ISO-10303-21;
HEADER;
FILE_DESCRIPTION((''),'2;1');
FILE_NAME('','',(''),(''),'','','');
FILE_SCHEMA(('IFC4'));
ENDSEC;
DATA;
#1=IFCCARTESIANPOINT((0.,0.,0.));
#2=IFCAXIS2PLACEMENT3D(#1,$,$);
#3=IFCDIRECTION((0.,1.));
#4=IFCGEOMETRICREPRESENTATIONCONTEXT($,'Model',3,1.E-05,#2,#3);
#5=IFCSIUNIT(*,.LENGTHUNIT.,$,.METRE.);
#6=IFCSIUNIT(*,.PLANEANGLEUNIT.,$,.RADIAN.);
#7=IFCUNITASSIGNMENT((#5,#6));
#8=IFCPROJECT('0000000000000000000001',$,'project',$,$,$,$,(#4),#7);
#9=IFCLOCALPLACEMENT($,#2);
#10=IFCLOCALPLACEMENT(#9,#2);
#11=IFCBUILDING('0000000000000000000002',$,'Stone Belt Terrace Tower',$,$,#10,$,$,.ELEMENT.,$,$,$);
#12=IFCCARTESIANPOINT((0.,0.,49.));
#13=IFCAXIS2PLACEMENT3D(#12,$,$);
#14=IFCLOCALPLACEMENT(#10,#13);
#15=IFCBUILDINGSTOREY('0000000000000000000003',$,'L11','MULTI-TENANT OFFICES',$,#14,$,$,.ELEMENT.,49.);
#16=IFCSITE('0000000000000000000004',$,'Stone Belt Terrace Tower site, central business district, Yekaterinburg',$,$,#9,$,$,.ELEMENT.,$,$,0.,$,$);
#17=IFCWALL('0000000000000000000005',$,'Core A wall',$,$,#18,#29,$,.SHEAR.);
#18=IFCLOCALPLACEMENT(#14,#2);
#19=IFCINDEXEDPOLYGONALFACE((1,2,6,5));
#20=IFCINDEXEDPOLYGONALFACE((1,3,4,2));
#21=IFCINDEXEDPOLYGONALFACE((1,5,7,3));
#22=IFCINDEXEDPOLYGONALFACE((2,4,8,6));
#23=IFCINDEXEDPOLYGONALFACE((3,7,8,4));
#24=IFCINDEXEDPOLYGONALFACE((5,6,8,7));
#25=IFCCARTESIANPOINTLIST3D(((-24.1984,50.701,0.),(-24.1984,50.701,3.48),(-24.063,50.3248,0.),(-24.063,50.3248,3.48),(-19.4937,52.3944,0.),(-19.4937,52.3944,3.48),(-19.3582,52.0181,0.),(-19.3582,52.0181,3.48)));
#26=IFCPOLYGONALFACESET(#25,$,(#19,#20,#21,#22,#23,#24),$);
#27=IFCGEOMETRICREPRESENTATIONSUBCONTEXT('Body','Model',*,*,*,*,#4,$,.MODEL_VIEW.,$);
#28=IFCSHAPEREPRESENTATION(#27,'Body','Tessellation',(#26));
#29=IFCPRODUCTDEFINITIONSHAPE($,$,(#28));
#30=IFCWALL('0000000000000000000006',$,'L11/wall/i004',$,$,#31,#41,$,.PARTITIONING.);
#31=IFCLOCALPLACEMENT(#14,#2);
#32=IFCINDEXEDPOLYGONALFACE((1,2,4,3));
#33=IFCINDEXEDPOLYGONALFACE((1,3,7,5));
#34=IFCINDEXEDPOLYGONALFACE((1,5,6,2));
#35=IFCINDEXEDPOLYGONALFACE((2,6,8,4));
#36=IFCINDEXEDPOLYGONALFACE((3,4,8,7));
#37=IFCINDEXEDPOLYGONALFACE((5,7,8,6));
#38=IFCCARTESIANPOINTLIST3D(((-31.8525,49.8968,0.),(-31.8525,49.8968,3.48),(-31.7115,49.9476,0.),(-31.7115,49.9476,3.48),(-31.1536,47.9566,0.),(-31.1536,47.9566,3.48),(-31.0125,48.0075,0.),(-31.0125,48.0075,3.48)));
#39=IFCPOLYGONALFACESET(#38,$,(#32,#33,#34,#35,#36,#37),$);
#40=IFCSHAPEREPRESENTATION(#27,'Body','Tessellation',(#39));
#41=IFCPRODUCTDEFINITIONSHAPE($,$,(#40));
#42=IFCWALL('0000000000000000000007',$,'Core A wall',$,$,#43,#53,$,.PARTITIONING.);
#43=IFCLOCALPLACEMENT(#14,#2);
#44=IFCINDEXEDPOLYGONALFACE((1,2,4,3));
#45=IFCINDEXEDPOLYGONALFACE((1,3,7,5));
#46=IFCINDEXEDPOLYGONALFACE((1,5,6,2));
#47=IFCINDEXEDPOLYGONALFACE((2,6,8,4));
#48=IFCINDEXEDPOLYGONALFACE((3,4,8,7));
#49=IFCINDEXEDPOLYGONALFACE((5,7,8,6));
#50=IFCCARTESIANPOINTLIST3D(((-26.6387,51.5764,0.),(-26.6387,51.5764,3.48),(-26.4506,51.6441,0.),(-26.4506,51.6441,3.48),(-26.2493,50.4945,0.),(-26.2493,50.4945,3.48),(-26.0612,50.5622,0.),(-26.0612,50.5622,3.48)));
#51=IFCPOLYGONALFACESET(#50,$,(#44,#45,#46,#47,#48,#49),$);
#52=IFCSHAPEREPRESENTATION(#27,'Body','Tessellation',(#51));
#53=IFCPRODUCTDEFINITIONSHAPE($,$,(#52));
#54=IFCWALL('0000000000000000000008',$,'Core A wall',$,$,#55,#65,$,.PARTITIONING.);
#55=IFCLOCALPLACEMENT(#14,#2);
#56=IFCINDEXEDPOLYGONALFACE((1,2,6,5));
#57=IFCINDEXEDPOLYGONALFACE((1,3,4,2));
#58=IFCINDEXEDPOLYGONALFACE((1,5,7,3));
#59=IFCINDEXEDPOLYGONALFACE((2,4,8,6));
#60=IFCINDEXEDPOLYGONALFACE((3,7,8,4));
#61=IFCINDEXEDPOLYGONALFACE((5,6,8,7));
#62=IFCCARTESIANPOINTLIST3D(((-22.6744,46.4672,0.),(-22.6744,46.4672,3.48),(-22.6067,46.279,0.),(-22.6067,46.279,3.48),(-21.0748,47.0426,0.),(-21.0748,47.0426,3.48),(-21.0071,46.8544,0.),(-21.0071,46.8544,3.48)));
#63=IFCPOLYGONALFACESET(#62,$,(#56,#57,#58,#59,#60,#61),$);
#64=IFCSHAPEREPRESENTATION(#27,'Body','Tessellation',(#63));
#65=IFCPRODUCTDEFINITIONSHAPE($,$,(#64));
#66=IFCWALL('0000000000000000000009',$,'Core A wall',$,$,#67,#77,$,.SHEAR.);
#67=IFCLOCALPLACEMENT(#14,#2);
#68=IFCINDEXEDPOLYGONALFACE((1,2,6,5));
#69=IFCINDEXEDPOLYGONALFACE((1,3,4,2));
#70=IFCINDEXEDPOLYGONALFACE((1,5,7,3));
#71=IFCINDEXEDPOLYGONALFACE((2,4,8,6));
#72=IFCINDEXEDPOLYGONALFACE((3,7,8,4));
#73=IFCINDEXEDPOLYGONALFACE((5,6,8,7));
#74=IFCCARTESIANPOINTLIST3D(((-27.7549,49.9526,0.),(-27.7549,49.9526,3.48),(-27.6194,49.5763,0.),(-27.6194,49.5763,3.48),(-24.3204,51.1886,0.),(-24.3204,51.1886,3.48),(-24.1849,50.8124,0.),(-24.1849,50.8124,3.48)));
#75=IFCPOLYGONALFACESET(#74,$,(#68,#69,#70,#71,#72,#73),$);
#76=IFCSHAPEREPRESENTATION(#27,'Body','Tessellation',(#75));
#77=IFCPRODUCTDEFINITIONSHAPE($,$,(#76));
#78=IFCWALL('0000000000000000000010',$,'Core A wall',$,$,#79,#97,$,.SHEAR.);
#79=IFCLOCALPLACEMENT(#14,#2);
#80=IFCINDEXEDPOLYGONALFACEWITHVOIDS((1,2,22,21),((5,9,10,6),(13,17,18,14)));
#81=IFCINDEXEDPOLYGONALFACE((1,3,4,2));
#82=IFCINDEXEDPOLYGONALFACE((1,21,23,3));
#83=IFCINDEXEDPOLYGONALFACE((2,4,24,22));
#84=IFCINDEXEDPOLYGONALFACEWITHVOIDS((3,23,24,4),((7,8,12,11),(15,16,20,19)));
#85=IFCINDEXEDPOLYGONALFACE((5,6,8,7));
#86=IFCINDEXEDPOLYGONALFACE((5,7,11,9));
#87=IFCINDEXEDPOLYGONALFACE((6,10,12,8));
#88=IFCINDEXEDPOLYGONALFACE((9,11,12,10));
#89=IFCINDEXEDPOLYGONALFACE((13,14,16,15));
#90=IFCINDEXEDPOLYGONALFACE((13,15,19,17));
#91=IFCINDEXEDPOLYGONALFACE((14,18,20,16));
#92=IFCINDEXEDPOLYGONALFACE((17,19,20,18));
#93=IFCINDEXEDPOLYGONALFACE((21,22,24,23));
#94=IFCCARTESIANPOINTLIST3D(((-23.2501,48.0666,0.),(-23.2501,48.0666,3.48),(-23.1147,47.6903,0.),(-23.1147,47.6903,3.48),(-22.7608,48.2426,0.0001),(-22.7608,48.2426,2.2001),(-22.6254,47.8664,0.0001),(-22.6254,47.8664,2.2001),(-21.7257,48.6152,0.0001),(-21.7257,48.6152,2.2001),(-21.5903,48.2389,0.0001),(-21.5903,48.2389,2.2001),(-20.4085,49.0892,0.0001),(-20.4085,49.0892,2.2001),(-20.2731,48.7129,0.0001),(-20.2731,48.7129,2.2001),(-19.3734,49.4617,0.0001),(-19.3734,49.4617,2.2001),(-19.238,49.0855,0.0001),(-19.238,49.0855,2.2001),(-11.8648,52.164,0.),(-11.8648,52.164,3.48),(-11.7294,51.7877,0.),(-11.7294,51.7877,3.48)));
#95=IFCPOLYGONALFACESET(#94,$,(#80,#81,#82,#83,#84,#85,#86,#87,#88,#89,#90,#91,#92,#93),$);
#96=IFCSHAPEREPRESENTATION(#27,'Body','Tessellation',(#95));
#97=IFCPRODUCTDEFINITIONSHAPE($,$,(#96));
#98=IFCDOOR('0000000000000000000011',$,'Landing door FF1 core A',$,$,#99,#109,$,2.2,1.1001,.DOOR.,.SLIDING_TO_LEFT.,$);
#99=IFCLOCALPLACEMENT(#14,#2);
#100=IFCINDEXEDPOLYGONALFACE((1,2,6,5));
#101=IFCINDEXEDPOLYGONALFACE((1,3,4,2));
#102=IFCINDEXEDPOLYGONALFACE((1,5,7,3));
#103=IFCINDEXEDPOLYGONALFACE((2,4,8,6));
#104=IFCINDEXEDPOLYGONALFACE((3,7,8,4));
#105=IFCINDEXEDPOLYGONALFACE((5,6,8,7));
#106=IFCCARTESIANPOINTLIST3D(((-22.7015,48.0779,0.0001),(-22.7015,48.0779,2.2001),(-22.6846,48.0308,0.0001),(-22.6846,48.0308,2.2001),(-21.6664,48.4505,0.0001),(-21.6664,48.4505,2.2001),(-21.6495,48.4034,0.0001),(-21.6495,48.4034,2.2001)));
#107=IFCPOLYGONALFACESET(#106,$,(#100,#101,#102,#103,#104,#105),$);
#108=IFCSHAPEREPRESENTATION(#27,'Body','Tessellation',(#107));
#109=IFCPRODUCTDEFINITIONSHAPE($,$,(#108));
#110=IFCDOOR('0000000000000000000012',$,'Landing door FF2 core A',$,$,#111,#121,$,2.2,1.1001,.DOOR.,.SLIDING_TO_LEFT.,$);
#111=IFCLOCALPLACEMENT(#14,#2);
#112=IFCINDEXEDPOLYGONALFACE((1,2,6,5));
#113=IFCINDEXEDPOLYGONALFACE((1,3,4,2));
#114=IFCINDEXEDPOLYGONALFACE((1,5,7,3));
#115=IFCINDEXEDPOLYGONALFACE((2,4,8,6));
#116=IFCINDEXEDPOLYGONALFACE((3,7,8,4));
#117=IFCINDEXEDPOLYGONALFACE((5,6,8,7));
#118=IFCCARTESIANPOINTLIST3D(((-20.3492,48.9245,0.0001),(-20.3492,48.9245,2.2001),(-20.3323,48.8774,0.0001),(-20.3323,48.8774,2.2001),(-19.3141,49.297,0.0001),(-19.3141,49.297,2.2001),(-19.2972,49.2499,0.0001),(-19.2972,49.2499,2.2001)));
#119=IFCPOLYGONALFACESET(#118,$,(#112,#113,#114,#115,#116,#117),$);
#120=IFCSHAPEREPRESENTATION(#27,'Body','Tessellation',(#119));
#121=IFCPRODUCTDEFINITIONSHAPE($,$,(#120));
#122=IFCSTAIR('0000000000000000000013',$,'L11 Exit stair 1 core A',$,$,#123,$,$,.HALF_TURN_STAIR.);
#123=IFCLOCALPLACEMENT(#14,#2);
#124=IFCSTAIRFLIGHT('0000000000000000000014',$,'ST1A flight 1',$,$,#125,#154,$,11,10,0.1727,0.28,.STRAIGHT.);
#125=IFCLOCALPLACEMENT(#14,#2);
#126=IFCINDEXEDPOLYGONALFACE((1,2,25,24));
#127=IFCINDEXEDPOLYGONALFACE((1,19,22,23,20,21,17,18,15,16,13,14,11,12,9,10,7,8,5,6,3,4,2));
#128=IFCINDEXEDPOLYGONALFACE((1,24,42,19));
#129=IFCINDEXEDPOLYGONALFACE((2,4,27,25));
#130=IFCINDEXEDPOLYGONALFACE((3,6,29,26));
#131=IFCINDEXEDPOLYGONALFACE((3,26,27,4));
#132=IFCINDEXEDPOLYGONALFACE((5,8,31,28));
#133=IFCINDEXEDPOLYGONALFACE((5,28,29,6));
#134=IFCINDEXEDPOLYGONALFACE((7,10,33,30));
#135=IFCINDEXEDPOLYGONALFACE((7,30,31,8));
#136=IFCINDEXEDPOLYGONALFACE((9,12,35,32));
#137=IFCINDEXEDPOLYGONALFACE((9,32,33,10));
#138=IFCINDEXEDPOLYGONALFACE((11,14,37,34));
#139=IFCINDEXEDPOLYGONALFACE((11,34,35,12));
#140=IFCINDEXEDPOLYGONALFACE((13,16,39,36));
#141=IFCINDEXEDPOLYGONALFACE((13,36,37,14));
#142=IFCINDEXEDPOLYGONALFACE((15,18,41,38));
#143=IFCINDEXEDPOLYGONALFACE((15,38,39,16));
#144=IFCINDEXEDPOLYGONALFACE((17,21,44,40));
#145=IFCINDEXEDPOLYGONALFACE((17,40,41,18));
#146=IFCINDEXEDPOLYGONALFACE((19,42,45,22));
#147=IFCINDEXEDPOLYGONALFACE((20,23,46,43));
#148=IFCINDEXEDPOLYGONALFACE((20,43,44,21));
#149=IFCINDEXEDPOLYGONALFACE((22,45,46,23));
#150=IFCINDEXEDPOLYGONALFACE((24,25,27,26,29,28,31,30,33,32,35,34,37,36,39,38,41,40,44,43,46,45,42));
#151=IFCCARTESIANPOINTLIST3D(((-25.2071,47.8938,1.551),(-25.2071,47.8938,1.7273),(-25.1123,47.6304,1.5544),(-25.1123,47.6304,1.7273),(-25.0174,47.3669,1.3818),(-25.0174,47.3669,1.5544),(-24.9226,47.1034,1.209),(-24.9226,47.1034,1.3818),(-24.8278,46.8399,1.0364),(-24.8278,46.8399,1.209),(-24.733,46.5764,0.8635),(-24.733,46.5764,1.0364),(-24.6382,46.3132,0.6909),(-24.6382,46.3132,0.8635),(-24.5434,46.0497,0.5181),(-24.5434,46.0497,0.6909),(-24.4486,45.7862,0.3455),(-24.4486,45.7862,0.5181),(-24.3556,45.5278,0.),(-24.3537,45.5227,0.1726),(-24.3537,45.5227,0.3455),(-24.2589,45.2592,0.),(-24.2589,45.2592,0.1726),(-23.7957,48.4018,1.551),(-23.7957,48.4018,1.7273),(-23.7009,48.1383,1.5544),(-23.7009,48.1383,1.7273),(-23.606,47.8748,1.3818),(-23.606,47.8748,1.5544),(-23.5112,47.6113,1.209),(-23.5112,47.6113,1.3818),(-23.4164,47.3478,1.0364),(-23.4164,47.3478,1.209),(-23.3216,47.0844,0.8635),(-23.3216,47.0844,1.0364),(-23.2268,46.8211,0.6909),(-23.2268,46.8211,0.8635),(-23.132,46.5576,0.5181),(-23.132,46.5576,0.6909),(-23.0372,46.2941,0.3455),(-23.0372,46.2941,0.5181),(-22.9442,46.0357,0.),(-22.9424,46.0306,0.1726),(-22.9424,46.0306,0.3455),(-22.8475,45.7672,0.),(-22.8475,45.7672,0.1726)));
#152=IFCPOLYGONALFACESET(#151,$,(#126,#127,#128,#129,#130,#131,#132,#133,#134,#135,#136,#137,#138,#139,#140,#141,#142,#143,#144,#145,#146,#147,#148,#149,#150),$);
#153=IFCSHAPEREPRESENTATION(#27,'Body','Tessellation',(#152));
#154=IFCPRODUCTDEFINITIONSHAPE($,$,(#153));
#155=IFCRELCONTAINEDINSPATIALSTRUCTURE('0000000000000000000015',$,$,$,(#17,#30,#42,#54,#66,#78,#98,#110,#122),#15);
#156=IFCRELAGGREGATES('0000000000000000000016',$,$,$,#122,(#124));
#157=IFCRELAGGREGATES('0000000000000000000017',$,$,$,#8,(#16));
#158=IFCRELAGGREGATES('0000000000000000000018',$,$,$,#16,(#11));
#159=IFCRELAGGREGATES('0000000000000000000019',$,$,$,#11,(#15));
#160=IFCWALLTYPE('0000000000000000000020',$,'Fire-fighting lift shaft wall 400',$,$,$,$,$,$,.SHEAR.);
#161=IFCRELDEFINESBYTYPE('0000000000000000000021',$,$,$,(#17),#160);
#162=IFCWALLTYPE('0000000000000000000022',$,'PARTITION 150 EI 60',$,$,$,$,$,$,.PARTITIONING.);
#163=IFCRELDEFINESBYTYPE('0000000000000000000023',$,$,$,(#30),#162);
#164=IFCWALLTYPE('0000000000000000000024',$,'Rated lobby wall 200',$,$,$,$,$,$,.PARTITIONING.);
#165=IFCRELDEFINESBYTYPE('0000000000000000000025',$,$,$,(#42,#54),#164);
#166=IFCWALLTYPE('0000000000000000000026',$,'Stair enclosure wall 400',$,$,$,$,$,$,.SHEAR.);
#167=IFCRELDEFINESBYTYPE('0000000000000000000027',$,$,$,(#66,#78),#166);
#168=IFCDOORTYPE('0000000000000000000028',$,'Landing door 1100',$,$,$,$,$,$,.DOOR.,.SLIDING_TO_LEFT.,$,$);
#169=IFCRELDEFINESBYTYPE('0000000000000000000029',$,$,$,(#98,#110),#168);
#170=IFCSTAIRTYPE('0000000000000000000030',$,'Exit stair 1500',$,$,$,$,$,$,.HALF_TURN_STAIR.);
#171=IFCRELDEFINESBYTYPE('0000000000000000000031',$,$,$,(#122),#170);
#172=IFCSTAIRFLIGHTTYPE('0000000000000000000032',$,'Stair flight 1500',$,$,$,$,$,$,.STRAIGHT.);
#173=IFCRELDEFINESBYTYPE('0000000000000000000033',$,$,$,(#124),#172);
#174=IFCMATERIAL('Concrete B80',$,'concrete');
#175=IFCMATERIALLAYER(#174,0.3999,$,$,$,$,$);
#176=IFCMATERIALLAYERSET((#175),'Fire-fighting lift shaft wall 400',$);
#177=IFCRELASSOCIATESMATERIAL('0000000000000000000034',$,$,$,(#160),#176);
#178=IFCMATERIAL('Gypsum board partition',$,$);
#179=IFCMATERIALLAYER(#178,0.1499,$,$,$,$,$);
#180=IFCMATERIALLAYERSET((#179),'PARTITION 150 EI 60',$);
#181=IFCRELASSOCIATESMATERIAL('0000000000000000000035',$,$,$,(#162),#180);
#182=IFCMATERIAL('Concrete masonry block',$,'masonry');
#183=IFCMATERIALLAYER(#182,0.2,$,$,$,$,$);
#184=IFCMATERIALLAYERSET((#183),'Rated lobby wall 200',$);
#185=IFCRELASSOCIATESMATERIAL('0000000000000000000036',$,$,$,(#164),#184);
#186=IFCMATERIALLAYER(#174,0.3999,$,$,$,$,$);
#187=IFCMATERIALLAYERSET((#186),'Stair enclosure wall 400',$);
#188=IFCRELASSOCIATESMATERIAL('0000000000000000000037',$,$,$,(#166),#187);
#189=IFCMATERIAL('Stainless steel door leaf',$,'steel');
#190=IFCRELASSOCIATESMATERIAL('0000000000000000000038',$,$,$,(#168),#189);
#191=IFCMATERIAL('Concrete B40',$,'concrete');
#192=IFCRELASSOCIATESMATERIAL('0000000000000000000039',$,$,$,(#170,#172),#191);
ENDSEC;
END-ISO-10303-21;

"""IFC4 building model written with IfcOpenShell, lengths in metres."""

from ifc_helpers import new_model, si_unit, direction, frame, frame_2d, origin, place, context, subcontext, project, spatial, polyline, rectangle, outline, extrude, material, layer, layer_set, type_object, element, fill, aggregate, save


model = new_model("IFC4")

# Units and contexts
model_context = context("Model", 3, precision=1e-05, world=origin(), true_north=direction((0.0, 1.0)))
body_context = subcontext(model_context, "Body", "Model", "MODEL_VIEW")
ifc_project = project(units=[si_unit("LENGTHUNIT", "METRE"), si_unit("PLANEANGLEUNIT", "RADIAN")], contexts=[model_context])

# Site, building, storey
site_placement = place(None, origin())
site = spatial("IfcSite", under=ifc_project, at=site_placement, Name="Stone Belt Terrace Tower site, central business district, Yekaterinburg", CompositionType="ELEMENT", RefElevation=0.0)
building_placement = place(site_placement, origin())
building = spatial("IfcBuilding", under=site, at=building_placement, Name="Stone Belt Terrace Tower", CompositionType="ELEMENT")
storey_placement = place(building_placement, frame((0.0, 0.0, 49.0)))
storey = spatial("IfcBuildingStorey", under=building, at=storey_placement, Name="L11", Description="MULTI-TENANT OFFICES", CompositionType="ELEMENT", Elevation=49.0)

# Walls
ifc_material_1 = material(Name="Concrete B80", Category="concrete")
ifc_layer_1 = layer(ifc_material_1, 0.3999)
ifc_layer_set_1 = layer_set([ifc_layer_1], Name="Fire-fighting lift shaft wall 400")
wall_type_1 = type_object("IfcWallType", Name="Fire-fighting lift shaft wall 400", PredefinedType="SHEAR", material=ifc_layer_set_1)
wall_1_placement = place(storey_placement, frame((-24.1306, 50.5129, 0.0), z_axis=(0.0, 0.0, 1.0), x_axis=(0.940912, 0.338652, 0.0)))
element("IfcWall", 1, at=wall_1_placement, inside=storey, type_object=wall_type_1, Name="Core A wall", PredefinedType="SHEAR", context=body_context, shape_type="SweptSolid", body=[
    extrude(rectangle(XDim=5.0002, YDim=0.3999, at=frame_2d((2.5, 0.0))), origin(), (0.0, 0.0, 1.0), 3.48),
])
ifc_material_2 = material(Name="Gypsum board partition")
ifc_layer_2 = layer(ifc_material_2, 0.1499)
ifc_layer_set_2 = layer_set([ifc_layer_2], Name="PARTITION 150 EI 60")
wall_type_2 = type_object("IfcWallType", Name="PARTITION 150 EI 60", PredefinedType="PARTITIONING", material=ifc_layer_set_2)
wall_2_placement = place(storey_placement, frame((-31.083, 47.9819, 0.0), z_axis=(0.0, 0.0, 1.0), x_axis=(-0.338937, 0.940809, 0.0)))
element("IfcWall", 2, at=wall_2_placement, inside=storey, type_object=wall_type_2, Name="L11/wall/i004", PredefinedType="PARTITIONING", context=body_context, shape_type="SweptSolid", body=[
    extrude(rectangle(XDim=2.0623, YDim=0.1499, at=frame_2d((1.0312, 0.0))), origin(), (0.0, 0.0, 1.0), 3.48),
])
ifc_material_3 = material(Name="Concrete masonry block", Category="masonry")
ifc_layer_3 = layer(ifc_material_3, 0.2)
ifc_layer_set_3 = layer_set([ifc_layer_3], Name="Rated lobby wall 200")
wall_type_3 = type_object("IfcWallType", Name="Rated lobby wall 200", PredefinedType="PARTITIONING", material=ifc_layer_set_3)
wall_3_placement = place(storey_placement, frame((-26.1553, 50.5283, 0.0), z_axis=(0.0, 0.0, 1.0), x_axis=(-0.338622, 0.940923, 0.0)))
element("IfcWall", 3, at=wall_3_placement, inside=storey, type_object=wall_type_3, Name="Core A wall", PredefinedType="PARTITIONING", context=body_context, shape_type="SweptSolid", body=[
    extrude(rectangle(XDim=1.1499, YDim=0.2, at=frame_2d((0.575, 0.0))), origin(), (0.0, 0.0, 1.0), 3.48),
])
wall_4_placement = place(storey_placement, frame((-22.6406, 46.373, 0.0), z_axis=(0.0, 0.0, 1.0), x_axis=(0.940966, 0.338501, 0.0)))
element("IfcWall", 4, at=wall_4_placement, inside=storey, type_object=wall_type_3, Name="Core A wall", PredefinedType="PARTITIONING", context=body_context, shape_type="SweptSolid", body=[
    extrude(rectangle(XDim=1.7, YDim=0.2, at=frame_2d((0.8501, 0.0))), origin(), (0.0, 0.0, 1.0), 3.48),
])
ifc_layer_4 = layer(ifc_material_1, 0.3999)
ifc_layer_set_4 = layer_set([ifc_layer_4], Name="Stair enclosure wall 400")
wall_type_4 = type_object("IfcWallType", Name="Stair enclosure wall 400", PredefinedType="SHEAR", material=ifc_layer_set_4)
wall_5_placement = place(storey_placement, frame((-27.6873, 49.7644, 0.0), z_axis=(0.0, 0.0, 1.0), x_axis=(0.940919, 0.338632, 0.0)))
element("IfcWall", 5, at=wall_5_placement, inside=storey, type_object=wall_type_4, Name="Core A wall", PredefinedType="SHEAR", context=body_context, shape_type="SweptSolid", body=[
    extrude(rectangle(XDim=3.6501, YDim=0.3999, at=frame_2d((1.8252, 0.0))), origin(), (0.0, 0.0, 1.0), 3.48),
])

# Wall, openings, doors
wall_6_placement = place(storey_placement, frame((-23.1824, 47.8784, 0.0), z_axis=(0.0, 0.0, 1.0), x_axis=(0.940921, 0.338626, 0.0)))
wall_6 = element("IfcWall", 6, at=wall_6_placement, inside=storey, type_object=wall_type_4, Name="Core A wall", PredefinedType="SHEAR", context=body_context, shape_type="SweptSolid", body=[
    extrude(rectangle(XDim=12.1001, YDim=0.3999, at=frame_2d((6.05, 0.0))), origin(), (0.0, 0.0, 1.0), 3.48),
])
opening_1_placement = place(wall_6_placement, frame((0.52, 0.0, 0.0)))
opening_1 = element("IfcOpeningElement", 7, at=opening_1_placement, cuts=wall_6, PredefinedType="OPENING", context=body_context, shape_type="SweptSolid", body=[
    extrude(rectangle(XDim=1.1001, YDim=2.2, at=frame_2d((0.55, 1.1001))), frame((0.0, 0.21, 0.0), z_axis=(0.0, -1.0, 0.0), x_axis=(1.0, 0.0, 0.0)), (0.0, 0.0, 1.0), 0.4199),
])
opening_2_placement = place(wall_6_placement, frame((3.02, 0.0, 0.0)))
opening_2 = element("IfcOpeningElement", 8, at=opening_2_placement, cuts=wall_6, PredefinedType="OPENING", context=body_context, shape_type="SweptSolid", body=[
    extrude(rectangle(XDim=1.1001, YDim=2.2, at=frame_2d((0.55, 1.1001))), frame((0.0, 0.21, 0.0), z_axis=(0.0, -1.0, 0.0), x_axis=(1.0, 0.0, 0.0)), (0.0, 0.0, 1.0), 0.4199),
])
ifc_material_4 = material(Name="Stainless steel door leaf", Category="steel")
door_type = type_object("IfcDoorType", Name="Landing door 1100", OperationType="SLIDING_TO_LEFT", PredefinedType="DOOR", material=ifc_material_4)
door_1_placement = place(opening_1_placement, origin())
door_1 = element("IfcDoor", 9, at=door_1_placement, inside=storey, type_object=door_type, Name="Landing door FF1 core A", OperationType="SLIDING_TO_LEFT", OverallHeight=2.2, OverallWidth=1.1001, PredefinedType="DOOR", context=body_context, shape_type="SweptSolid", body=[
    extrude(rectangle(XDim=1.1001, YDim=2.2, at=frame_2d((0.55, 1.1001))), frame((0.0, 0.0249, 0.0), z_axis=(0.0, -1.0, 0.0), x_axis=(1.0, 0.0, 0.0)), (0.0, 0.0, 1.0), 0.05),
])
fill(opening_1, door_1)
door_2_placement = place(opening_2_placement, origin())
door_2 = element("IfcDoor", 10, at=door_2_placement, inside=storey, type_object=door_type, Name="Landing door FF2 core A", OperationType="SLIDING_TO_LEFT", OverallHeight=2.2, OverallWidth=1.1001, PredefinedType="DOOR", context=body_context, shape_type="SweptSolid", body=[
    extrude(rectangle(XDim=1.1001, YDim=2.2, at=frame_2d((0.55, 1.1001))), frame((0.0, 0.0249, 0.0), z_axis=(0.0, -1.0, 0.0), x_axis=(1.0, 0.0, 0.0)), (0.0, 0.0, 1.0), 0.05),
])
fill(opening_2, door_2)

# Stair, stair flight
ifc_material_5 = material(Name="Concrete B40", Category="concrete")
stair_type = type_object("IfcStairType", Name="Exit stair 1500", PredefinedType="HALF_TURN_STAIR", material=ifc_material_5)
stair_placement = place(storey_placement, origin())
stair = element("IfcStair", 11, at=stair_placement, inside=storey, type_object=stair_type, Name="L11 Exit stair 1 core A", PredefinedType="HALF_TURN_STAIR")
stair_flight_type = type_object("IfcStairFlightType", Name="Stair flight 1500", PredefinedType="STRAIGHT", material=ifc_material_5)
stair_flight_1_placement = place(storey_placement, frame((-23.5532, 45.5132, 0.0), z_axis=(0.0, 0.0, 1.0), x_axis=(-0.338624, 0.940922, 0.0)))
stair_flight_1 = element("IfcStairFlight", 12, at=stair_flight_1_placement, type_object=stair_flight_type, Name="ST1A flight 1", NumberOfRisers=11, NumberOfTreads=10, PredefinedType="STRAIGHT", RiserHeight=0.1727, TreadLength=0.28, context=body_context, shape_type="SweptSolid", body=[
    extrude(outline(polyline([(0.0, 0.0), (0.0, 0.1726), (0.28, 0.1726), (0.28, 0.3455), (0.5601, 0.3455), (0.5601, 0.5181), (0.8401, 0.5181), (0.8401, 0.6909), (1.1201, 0.6909), (1.1201, 0.8635), (1.3999, 0.8635), (1.3999, 1.0364), (1.6799, 1.0364), (1.6799, 1.209), (1.96, 1.209), (1.96, 1.3818), (2.24, 1.3818), (2.24, 1.5544), (2.52, 1.5544), (2.52, 1.7273), (2.8, 1.7273), (2.8, 1.8999), (2.8, 1.551), (0.2854, 0.0), (0.0, 0.0)])), frame((0.0, 0.75, 0.0), z_axis=(0.0, -1.0, 0.0), x_axis=(1.0, 0.0, 0.0)), (0.0, 0.0, 1.0), 1.5),
])
aggregate(stair, [stair_flight_1])

save(model, "model.ifc")
